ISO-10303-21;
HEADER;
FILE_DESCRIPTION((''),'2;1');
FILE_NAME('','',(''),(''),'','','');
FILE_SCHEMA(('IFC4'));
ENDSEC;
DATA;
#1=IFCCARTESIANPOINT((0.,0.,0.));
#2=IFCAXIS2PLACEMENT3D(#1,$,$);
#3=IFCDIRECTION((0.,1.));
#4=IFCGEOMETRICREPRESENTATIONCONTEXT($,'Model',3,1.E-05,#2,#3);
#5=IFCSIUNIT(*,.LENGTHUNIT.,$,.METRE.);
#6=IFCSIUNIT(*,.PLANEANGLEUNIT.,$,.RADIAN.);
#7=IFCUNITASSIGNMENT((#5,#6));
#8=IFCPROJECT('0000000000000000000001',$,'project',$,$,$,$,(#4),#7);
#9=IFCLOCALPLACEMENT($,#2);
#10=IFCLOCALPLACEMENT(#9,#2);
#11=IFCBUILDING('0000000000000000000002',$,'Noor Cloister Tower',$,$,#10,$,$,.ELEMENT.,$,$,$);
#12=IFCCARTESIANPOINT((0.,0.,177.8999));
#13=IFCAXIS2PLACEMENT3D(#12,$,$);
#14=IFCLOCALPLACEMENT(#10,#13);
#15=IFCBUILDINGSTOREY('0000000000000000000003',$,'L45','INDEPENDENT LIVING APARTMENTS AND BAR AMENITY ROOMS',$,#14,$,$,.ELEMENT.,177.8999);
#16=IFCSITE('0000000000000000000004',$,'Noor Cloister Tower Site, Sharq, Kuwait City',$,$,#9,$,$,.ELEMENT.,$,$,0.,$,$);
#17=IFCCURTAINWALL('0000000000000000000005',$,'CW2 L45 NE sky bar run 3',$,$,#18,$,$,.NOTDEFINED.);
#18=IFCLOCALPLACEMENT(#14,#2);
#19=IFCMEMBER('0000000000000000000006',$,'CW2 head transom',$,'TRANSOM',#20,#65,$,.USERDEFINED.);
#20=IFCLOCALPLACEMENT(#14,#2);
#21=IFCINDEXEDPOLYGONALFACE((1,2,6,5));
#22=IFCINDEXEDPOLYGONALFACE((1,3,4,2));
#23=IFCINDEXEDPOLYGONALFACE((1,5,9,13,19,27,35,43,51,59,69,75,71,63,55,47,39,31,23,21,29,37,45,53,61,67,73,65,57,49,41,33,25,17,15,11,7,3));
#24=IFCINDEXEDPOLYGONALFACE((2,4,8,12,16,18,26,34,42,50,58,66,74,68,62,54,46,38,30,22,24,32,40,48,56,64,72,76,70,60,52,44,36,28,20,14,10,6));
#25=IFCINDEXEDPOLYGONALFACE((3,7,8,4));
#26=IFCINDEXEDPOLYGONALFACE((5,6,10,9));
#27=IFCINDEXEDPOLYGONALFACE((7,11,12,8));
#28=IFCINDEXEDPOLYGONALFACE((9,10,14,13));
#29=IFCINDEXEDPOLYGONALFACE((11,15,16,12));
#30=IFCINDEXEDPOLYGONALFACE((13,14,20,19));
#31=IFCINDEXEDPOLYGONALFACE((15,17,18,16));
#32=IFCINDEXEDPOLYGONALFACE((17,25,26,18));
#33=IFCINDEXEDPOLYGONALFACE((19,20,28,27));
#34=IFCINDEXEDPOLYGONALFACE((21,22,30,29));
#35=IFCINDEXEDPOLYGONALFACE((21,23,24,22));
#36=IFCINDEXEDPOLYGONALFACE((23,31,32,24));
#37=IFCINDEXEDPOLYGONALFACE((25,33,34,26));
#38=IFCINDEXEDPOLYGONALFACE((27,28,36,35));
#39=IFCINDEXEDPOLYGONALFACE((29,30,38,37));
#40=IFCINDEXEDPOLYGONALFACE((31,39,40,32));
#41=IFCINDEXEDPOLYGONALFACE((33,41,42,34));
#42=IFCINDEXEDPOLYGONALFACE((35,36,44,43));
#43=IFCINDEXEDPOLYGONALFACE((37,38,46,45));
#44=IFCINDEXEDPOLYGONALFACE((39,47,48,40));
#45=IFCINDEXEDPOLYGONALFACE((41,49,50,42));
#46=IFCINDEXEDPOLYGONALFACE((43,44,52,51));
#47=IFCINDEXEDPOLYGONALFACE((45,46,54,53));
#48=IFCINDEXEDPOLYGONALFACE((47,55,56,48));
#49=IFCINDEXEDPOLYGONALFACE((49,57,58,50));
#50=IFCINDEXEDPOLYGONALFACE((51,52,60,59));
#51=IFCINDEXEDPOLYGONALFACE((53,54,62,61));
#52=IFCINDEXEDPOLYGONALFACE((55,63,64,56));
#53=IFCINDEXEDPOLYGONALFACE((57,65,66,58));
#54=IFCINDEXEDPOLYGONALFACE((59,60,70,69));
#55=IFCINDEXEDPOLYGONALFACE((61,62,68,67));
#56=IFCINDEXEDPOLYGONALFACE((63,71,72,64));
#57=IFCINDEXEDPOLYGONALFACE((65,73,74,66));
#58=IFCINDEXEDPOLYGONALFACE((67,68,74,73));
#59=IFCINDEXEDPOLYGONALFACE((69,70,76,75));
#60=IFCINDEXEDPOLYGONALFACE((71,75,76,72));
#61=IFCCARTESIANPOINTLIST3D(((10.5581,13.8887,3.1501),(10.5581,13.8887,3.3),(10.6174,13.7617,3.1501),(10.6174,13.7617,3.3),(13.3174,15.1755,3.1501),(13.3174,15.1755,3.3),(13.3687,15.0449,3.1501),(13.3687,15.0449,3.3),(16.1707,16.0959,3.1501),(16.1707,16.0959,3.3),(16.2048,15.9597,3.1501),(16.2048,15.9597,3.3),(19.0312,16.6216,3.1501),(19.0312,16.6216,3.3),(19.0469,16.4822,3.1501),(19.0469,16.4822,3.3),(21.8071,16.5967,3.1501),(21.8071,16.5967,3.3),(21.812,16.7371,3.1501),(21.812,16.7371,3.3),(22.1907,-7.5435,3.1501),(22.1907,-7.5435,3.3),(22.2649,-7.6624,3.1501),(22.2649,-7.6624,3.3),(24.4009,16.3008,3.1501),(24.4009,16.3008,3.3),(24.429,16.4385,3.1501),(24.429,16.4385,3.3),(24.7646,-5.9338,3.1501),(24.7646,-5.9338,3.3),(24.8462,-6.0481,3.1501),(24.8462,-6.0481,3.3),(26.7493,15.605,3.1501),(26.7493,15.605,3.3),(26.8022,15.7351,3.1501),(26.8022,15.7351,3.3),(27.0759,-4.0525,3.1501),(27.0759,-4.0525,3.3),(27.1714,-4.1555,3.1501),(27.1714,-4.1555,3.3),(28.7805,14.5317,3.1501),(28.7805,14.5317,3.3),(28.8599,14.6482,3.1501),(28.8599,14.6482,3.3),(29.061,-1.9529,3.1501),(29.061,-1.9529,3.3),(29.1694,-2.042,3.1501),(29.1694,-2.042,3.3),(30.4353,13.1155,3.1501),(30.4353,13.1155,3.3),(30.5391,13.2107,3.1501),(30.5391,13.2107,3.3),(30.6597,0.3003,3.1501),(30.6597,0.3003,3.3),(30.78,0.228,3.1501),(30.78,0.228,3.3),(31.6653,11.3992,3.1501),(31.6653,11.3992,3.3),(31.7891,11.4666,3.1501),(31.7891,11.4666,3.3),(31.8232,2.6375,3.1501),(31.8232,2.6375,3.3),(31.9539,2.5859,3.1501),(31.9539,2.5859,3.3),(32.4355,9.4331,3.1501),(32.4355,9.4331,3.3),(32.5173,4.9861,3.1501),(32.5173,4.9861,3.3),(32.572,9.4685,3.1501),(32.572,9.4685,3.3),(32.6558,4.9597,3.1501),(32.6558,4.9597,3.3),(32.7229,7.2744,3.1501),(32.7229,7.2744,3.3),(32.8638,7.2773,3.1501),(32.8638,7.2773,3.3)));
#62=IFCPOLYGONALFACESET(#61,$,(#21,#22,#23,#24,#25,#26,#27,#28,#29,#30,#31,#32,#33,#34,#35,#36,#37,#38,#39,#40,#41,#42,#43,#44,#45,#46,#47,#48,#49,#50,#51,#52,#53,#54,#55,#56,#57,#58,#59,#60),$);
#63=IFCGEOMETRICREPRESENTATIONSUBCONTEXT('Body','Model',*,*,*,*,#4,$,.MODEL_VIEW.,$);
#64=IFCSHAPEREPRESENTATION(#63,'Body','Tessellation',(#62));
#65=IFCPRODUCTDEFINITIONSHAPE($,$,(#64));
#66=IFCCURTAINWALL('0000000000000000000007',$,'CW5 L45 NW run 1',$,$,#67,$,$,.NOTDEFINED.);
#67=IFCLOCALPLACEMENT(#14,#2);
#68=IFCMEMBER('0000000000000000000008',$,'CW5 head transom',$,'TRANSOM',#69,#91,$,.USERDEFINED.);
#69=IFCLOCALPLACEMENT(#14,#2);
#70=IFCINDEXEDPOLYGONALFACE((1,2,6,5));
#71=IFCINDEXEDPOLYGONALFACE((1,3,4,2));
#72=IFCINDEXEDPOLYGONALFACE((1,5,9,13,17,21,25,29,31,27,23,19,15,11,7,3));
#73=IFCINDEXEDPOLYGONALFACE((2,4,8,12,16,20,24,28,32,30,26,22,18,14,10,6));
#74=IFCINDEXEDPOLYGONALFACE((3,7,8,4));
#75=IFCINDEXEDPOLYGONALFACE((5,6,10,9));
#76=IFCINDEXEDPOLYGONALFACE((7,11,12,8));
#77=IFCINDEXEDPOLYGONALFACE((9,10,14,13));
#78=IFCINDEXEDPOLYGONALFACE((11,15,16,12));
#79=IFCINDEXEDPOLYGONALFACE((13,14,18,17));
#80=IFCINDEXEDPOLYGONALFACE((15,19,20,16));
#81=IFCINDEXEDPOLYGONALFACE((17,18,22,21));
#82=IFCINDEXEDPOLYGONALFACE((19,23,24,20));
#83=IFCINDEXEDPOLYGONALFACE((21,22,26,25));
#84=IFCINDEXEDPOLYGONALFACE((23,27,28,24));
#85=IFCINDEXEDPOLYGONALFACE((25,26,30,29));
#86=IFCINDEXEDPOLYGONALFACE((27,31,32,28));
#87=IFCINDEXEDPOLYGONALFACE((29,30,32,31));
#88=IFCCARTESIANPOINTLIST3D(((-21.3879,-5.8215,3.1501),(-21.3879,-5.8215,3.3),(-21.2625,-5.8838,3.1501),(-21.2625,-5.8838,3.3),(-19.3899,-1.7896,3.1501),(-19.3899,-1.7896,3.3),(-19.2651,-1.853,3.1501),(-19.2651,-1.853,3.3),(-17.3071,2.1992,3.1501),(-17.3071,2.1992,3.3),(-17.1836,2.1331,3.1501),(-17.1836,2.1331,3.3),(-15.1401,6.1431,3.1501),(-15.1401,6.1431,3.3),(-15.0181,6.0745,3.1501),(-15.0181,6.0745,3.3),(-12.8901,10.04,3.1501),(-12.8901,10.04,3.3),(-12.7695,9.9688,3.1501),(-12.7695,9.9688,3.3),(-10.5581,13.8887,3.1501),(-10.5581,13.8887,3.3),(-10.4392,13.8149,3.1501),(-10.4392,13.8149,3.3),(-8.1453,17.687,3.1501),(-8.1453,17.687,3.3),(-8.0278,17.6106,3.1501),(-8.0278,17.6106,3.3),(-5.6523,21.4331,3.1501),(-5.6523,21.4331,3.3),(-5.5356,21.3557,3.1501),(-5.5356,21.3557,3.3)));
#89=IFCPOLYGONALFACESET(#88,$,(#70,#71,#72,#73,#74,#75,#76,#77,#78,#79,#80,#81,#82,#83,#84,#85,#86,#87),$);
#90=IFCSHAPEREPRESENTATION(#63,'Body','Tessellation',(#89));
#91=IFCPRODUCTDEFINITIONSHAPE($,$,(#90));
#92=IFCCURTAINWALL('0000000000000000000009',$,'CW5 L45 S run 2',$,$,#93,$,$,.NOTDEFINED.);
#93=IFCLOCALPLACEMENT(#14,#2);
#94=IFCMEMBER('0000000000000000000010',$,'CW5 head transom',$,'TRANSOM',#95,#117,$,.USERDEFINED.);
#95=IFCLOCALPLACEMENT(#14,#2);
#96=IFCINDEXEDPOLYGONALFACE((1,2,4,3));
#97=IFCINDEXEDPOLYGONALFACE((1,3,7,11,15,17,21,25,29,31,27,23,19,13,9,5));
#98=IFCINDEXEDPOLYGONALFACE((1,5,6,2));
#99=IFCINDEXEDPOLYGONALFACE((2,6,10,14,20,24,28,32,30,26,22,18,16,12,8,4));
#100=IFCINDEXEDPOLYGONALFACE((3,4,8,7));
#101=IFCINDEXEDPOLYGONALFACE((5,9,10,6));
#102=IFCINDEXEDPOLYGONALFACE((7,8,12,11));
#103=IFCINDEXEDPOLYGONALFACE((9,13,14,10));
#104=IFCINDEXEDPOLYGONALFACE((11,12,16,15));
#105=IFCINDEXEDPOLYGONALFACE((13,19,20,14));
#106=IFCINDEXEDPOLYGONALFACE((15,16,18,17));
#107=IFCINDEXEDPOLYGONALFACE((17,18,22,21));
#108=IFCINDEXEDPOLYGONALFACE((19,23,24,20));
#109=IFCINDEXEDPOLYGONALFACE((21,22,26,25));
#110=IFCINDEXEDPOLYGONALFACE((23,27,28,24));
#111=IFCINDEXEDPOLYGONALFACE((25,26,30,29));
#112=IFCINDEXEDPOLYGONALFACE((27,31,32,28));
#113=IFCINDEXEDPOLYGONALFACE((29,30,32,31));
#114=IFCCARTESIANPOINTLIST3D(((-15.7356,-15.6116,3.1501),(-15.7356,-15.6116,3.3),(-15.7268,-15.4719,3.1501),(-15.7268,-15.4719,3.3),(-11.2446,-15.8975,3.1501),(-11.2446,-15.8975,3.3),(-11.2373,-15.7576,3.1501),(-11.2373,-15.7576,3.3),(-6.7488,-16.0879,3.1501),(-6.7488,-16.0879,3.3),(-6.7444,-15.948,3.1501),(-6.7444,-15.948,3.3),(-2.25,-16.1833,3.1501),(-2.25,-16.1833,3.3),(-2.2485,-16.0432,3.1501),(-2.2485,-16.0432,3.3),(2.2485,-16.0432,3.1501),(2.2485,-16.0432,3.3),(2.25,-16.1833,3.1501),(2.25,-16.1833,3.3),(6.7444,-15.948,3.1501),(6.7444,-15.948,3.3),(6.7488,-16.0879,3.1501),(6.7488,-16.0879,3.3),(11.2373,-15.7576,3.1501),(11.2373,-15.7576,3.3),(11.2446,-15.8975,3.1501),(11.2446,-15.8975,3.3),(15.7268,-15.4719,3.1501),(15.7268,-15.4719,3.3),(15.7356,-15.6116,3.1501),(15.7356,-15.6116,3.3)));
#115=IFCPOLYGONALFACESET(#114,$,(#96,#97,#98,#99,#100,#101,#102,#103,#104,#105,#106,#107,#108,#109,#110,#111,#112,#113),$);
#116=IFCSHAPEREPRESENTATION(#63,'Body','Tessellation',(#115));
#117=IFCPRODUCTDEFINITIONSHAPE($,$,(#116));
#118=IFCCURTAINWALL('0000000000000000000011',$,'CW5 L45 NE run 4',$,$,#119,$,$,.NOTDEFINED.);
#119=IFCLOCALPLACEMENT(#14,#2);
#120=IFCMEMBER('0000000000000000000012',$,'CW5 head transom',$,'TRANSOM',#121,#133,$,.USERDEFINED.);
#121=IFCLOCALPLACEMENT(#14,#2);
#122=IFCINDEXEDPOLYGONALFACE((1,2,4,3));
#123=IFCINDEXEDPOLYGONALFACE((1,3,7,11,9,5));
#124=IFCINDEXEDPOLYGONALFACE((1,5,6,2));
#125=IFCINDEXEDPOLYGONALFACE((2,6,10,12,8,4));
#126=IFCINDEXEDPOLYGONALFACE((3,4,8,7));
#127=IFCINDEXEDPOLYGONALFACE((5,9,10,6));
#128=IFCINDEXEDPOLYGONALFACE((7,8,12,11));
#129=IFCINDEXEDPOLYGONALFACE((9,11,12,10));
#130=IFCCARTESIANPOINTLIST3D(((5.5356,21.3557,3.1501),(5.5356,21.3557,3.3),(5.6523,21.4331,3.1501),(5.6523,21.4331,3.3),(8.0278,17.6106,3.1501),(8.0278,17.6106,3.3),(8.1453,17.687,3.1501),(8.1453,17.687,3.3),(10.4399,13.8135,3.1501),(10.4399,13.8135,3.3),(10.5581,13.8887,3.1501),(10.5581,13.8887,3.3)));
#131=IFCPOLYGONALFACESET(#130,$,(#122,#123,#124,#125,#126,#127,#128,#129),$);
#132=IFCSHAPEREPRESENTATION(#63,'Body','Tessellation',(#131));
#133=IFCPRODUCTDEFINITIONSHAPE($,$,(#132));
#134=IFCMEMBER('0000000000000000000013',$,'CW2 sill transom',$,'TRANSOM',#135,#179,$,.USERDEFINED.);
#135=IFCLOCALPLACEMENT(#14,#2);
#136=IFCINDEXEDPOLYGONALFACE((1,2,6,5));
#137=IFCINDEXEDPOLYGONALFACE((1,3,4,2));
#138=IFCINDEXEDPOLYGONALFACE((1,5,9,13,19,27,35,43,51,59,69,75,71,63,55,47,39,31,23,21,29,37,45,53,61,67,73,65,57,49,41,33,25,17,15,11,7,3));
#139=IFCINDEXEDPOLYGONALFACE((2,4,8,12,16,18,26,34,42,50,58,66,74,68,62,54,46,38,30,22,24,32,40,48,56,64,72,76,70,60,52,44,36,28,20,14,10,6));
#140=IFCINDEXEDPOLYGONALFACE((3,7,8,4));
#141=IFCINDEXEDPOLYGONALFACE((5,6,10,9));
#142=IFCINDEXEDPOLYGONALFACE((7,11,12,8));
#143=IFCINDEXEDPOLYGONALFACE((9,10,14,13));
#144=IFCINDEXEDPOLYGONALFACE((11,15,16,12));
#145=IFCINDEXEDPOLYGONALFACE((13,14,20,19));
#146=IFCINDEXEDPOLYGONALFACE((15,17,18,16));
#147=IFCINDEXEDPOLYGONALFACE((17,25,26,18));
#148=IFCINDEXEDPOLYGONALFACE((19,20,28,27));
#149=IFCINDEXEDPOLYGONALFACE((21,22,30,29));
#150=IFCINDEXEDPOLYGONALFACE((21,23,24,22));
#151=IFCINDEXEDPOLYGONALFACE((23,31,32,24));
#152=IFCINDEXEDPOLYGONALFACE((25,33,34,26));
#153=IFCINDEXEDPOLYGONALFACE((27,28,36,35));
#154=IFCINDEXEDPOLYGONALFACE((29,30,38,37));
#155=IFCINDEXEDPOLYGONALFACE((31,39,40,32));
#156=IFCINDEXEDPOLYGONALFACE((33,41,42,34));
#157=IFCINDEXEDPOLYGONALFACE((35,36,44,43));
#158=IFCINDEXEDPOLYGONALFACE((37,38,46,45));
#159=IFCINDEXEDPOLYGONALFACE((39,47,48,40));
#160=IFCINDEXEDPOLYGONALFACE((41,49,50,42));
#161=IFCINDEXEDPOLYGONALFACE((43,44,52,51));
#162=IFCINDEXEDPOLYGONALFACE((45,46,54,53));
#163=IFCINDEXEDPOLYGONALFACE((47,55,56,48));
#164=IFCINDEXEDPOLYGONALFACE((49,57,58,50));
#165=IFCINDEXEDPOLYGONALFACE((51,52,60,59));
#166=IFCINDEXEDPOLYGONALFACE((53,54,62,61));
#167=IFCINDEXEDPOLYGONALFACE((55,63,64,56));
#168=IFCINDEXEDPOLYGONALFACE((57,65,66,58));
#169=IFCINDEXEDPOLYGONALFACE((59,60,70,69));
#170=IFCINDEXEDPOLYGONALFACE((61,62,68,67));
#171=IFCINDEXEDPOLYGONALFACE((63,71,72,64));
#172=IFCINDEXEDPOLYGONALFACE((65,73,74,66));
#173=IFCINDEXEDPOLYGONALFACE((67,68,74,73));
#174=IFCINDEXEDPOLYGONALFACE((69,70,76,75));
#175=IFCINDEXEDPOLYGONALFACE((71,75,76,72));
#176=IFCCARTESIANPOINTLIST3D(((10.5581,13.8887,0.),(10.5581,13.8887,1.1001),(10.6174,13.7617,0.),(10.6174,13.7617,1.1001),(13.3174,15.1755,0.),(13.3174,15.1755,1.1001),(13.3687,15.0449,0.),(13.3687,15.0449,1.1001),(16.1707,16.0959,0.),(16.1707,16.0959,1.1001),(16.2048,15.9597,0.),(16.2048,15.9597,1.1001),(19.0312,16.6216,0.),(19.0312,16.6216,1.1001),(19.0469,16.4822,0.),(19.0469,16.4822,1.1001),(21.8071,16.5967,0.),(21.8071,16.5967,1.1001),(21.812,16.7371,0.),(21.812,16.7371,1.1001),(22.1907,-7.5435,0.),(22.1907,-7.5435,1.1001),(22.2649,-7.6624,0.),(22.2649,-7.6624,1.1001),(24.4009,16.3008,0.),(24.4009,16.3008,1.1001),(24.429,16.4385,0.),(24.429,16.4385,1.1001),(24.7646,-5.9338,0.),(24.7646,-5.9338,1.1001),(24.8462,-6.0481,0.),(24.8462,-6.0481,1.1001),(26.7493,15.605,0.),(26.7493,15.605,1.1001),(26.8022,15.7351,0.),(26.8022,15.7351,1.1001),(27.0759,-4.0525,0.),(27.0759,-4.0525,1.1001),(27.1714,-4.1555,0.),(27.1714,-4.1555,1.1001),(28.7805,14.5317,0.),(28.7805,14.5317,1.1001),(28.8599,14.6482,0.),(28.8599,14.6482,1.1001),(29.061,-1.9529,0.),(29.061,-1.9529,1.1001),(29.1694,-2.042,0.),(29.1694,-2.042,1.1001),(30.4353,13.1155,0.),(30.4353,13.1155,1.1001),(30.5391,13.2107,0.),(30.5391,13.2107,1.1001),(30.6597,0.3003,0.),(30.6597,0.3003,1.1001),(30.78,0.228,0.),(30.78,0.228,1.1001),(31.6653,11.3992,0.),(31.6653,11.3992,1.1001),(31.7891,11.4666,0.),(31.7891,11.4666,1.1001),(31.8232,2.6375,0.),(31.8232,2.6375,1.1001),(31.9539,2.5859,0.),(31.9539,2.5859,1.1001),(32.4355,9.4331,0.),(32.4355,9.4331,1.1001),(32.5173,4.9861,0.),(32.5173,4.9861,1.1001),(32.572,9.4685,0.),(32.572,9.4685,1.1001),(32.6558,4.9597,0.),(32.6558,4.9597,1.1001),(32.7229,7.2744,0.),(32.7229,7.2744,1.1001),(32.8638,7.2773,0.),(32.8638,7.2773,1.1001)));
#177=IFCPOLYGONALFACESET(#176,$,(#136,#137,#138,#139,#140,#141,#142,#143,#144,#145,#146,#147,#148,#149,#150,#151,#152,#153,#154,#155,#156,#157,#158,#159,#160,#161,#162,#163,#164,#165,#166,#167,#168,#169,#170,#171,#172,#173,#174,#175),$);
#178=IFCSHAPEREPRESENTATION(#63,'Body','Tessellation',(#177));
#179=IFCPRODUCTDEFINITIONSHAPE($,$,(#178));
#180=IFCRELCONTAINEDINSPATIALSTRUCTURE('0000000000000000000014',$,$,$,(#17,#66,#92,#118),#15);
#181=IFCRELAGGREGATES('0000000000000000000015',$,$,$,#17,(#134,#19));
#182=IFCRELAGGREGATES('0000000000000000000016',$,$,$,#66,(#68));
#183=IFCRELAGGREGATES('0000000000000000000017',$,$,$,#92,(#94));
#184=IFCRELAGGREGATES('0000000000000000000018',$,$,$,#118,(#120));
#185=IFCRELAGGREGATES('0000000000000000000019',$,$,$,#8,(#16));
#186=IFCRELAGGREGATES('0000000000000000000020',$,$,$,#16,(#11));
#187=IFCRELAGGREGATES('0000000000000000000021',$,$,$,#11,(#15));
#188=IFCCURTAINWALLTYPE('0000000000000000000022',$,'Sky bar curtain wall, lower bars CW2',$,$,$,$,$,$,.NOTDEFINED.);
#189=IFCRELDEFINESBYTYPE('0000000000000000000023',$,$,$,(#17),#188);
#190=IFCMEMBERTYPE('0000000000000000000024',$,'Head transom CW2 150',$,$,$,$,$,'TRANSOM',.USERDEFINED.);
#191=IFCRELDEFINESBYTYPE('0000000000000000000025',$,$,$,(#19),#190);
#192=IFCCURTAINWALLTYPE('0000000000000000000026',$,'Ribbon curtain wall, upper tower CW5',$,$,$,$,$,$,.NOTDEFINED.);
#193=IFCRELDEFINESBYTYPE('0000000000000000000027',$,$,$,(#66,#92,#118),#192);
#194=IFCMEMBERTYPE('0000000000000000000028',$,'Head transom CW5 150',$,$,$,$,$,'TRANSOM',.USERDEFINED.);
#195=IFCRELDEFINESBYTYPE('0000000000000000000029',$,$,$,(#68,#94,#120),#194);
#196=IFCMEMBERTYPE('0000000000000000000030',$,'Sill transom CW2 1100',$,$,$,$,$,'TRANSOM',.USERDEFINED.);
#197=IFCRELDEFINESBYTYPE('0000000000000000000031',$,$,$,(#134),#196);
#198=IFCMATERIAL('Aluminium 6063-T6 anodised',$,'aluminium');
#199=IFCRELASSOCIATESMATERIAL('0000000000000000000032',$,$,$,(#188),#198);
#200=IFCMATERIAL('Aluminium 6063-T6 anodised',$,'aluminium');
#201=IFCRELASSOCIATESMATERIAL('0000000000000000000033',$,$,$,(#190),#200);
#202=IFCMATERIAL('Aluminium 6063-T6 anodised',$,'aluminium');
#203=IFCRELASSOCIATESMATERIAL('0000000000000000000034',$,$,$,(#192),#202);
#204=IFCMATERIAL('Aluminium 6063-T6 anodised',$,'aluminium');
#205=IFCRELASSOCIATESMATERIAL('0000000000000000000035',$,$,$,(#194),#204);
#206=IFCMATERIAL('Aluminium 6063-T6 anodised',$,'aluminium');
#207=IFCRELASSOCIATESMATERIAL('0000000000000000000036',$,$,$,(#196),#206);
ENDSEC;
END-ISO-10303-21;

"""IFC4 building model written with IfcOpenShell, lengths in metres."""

from ifc_helpers import new_model, si_unit, direction, frame, origin, place, context, subcontext, project, spatial, polyline, outline, extrude, material, type_object, element, aggregate, save


model = new_model("IFC4")

# Units and contexts
model_context = context("Model", 3, precision=1e-05, world=origin(), true_north=direction((0.0, 1.0)))
body_context = subcontext(model_context, "Body", "Model", "MODEL_VIEW")
ifc_project = project(units=[si_unit("LENGTHUNIT", "METRE"), si_unit("PLANEANGLEUNIT", "RADIAN")], contexts=[model_context])

# Site, building, storey
site_placement = place(None, origin())
site = spatial("IfcSite", under=ifc_project, at=site_placement, Name="Noor Cloister Tower Site, Sharq, Kuwait City", CompositionType="ELEMENT", RefElevation=0.0)
building_placement = place(site_placement, origin())
building = spatial("IfcBuilding", under=site, at=building_placement, Name="Noor Cloister Tower", CompositionType="ELEMENT")
storey_placement = place(building_placement, frame((0.0, 0.0, 177.8999)))
storey = spatial("IfcBuildingStorey", under=building, at=storey_placement, Name="L45", Description="INDEPENDENT LIVING APARTMENTS AND BAR AMENITY ROOMS", CompositionType="ELEMENT", Elevation=177.8999)

# Curtain walls, members
ifc_material_1 = material(Name="Aluminium 6063-T6 anodised", Category="aluminium")
curtain_wall_type_1 = type_object("IfcCurtainWallType", Name="Sky bar curtain wall, lower bars CW2", PredefinedType="NOTDEFINED", material=ifc_material_1)
curtain_wall_1_placement = place(storey_placement, origin())
curtain_wall_1 = element("IfcCurtainWall", 1, at=curtain_wall_1_placement, inside=storey, type_object=curtain_wall_type_1, Name="CW2 L45 NE sky bar run 3", PredefinedType="NOTDEFINED")
ifc_material_2 = material(Name="Aluminium 6063-T6 anodised", Category="aluminium")
member_type_1 = type_object("IfcMemberType", Name="Head transom CW2 150", ElementType="TRANSOM", PredefinedType="USERDEFINED", material=ifc_material_2)
member_1_placement = place(storey_placement, frame((0.0, 0.0, 3.1501)))
member_1 = element("IfcMember", 2, at=member_1_placement, type_object=member_type_1, Name="CW2 head transom", ObjectType="TRANSOM", PredefinedType="USERDEFINED", context=body_context, shape_type="SweptSolid", body=[
    extrude(outline(polyline([(22.2649, -7.6624), (24.8462, -6.0481), (27.1714, -4.1555), (29.1694, -2.042), (30.78, 0.228), (31.9539, 2.5859), (32.6558, 4.9597), (32.8638, 7.2773), (32.572, 9.4685), (31.7891, 11.4666), (30.5391, 13.2107), (28.8599, 14.6482), (26.8022, 15.7351), (24.429, 16.4385), (21.812, 16.7371), (19.0312, 16.6216), (16.1707, 16.0959), (13.3174, 15.1755), (10.5581, 13.8887), (10.6174, 13.7617), (13.3687, 15.0449), (16.2048, 15.9597), (19.0469, 16.4822), (21.8071, 16.5967), (24.4009, 16.3008), (26.7493, 15.605), (28.7805, 14.5317), (30.4353, 13.1155), (31.6653, 11.3992), (32.4355, 9.4331), (32.7229, 7.2744), (32.5173, 4.9861), (31.8232, 2.6375), (30.6597, 0.3003), (29.061, -1.9529), (27.0759, -4.0525), (24.7646, -5.9338), (22.1907, -7.5435), (22.2649, -7.6624)])), origin(), (0.0, 0.0, 1.0), 0.1499),
])
ifc_material_3 = material(Name="Aluminium 6063-T6 anodised", Category="aluminium")
curtain_wall_type_2 = type_object("IfcCurtainWallType", Name="Ribbon curtain wall, upper tower CW5", PredefinedType="NOTDEFINED", material=ifc_material_3)
curtain_wall_2_placement = place(storey_placement, origin())
curtain_wall_2 = element("IfcCurtainWall", 3, at=curtain_wall_2_placement, inside=storey, type_object=curtain_wall_type_2, Name="CW5 L45 NW run 1", PredefinedType="NOTDEFINED")
ifc_material_4 = material(Name="Aluminium 6063-T6 anodised", Category="aluminium")
member_type_2 = type_object("IfcMemberType", Name="Head transom CW5 150", ElementType="TRANSOM", PredefinedType="USERDEFINED", material=ifc_material_4)
member_2_placement = place(storey_placement, frame((0.0, 0.0, 3.1501)))
member_2 = element("IfcMember", 4, at=member_2_placement, type_object=member_type_2, Name="CW5 head transom", ObjectType="TRANSOM", PredefinedType="USERDEFINED", context=body_context, shape_type="SweptSolid", body=[
    extrude(outline(polyline([(-5.6523, 21.4331), (-8.1453, 17.687), (-10.5581, 13.8887), (-12.8901, 10.04), (-15.1401, 6.1431), (-17.3071, 2.1992), (-19.3899, -1.7896), (-21.3879, -5.8215), (-21.2625, -5.8838), (-19.2651, -1.853), (-17.1836, 2.1331), (-15.0181, 6.0745), (-12.7695, 9.9688), (-10.4392, 13.8149), (-8.0278, 17.6106), (-5.5356, 21.3557), (-5.6523, 21.4331)])), origin(), (0.0, 0.0, 1.0), 0.1499),
])
curtain_wall_3_placement = place(storey_placement, origin())
curtain_wall_3 = element("IfcCurtainWall", 5, at=curtain_wall_3_placement, inside=storey, type_object=curtain_wall_type_2, Name="CW5 L45 S run 2", PredefinedType="NOTDEFINED")
member_3_placement = place(storey_placement, frame((0.0, 0.0, 3.1501)))
member_3 = element("IfcMember", 6, at=member_3_placement, type_object=member_type_2, Name="CW5 head transom", ObjectType="TRANSOM", PredefinedType="USERDEFINED", context=body_context, shape_type="SweptSolid", body=[
    extrude(outline(polyline([(-15.7356, -15.6116), (-11.2446, -15.8975), (-6.7488, -16.0879), (-2.25, -16.1833), (2.25, -16.1833), (6.7488, -16.0879), (11.2446, -15.8975), (15.7356, -15.6116), (15.7268, -15.4719), (11.2373, -15.7576), (6.7444, -15.948), (2.2485, -16.0432), (-2.2485, -16.0432), (-6.7444, -15.948), (-11.2373, -15.7576), (-15.7268, -15.4719), (-15.7356, -15.6116)])), origin(), (0.0, 0.0, 1.0), 0.1499),
])
curtain_wall_4_placement = place(storey_placement, origin())
curtain_wall_4 = element("IfcCurtainWall", 7, at=curtain_wall_4_placement, inside=storey, type_object=curtain_wall_type_2, Name="CW5 L45 NE run 4", PredefinedType="NOTDEFINED")
member_4_placement = place(storey_placement, frame((0.0, 0.0, 3.1501)))
member_4 = element("IfcMember", 8, at=member_4_placement, type_object=member_type_2, Name="CW5 head transom", ObjectType="TRANSOM", PredefinedType="USERDEFINED", context=body_context, shape_type="SweptSolid", body=[
    extrude(outline(polyline([(10.5581, 13.8887), (8.1453, 17.687), (5.6523, 21.4331), (5.5356, 21.3557), (8.0278, 17.6106), (10.4399, 13.8135), (10.5581, 13.8887)])), origin(), (0.0, 0.0, 1.0), 0.1499),
])

# Member
ifc_material_5 = material(Name="Aluminium 6063-T6 anodised", Category="aluminium")
member_type_3 = type_object("IfcMemberType", Name="Sill transom CW2 1100", ElementType="TRANSOM", PredefinedType="USERDEFINED", material=ifc_material_5)
member_5_placement = place(storey_placement, origin())
member_5 = element("IfcMember", 9, at=member_5_placement, type_object=member_type_3, Name="CW2 sill transom", ObjectType="TRANSOM", PredefinedType="USERDEFINED", context=body_context, shape_type="SweptSolid", body=[
    extrude(outline(polyline([(22.2649, -7.6624), (24.8462, -6.0481), (27.1714, -4.1555), (29.1694, -2.042), (30.78, 0.228), (31.9539, 2.5859), (32.6558, 4.9597), (32.8638, 7.2773), (32.572, 9.4685), (31.7891, 11.4666), (30.5391, 13.2107), (28.8599, 14.6482), (26.8022, 15.7351), (24.429, 16.4385), (21.812, 16.7371), (19.0312, 16.6216), (16.1707, 16.0959), (13.3174, 15.1755), (10.5581, 13.8887), (10.6174, 13.7617), (13.3687, 15.0449), (16.2048, 15.9597), (19.0469, 16.4822), (21.8071, 16.5967), (24.4009, 16.3008), (26.7493, 15.605), (28.7805, 14.5317), (30.4353, 13.1155), (31.6653, 11.3992), (32.4355, 9.4331), (32.7229, 7.2744), (32.5173, 4.9861), (31.8232, 2.6375), (30.6597, 0.3003), (29.061, -1.9529), (27.0759, -4.0525), (24.7646, -5.9338), (22.1907, -7.5435), (22.2649, -7.6624)])), origin(), (0.0, 0.0, 1.0), 1.1001),
])
aggregate(curtain_wall_1, [member_5, member_1])
aggregate(curtain_wall_2, [member_2])
aggregate(curtain_wall_3, [member_3])
aggregate(curtain_wall_4, [member_4])

save(model, "model.ifc")
